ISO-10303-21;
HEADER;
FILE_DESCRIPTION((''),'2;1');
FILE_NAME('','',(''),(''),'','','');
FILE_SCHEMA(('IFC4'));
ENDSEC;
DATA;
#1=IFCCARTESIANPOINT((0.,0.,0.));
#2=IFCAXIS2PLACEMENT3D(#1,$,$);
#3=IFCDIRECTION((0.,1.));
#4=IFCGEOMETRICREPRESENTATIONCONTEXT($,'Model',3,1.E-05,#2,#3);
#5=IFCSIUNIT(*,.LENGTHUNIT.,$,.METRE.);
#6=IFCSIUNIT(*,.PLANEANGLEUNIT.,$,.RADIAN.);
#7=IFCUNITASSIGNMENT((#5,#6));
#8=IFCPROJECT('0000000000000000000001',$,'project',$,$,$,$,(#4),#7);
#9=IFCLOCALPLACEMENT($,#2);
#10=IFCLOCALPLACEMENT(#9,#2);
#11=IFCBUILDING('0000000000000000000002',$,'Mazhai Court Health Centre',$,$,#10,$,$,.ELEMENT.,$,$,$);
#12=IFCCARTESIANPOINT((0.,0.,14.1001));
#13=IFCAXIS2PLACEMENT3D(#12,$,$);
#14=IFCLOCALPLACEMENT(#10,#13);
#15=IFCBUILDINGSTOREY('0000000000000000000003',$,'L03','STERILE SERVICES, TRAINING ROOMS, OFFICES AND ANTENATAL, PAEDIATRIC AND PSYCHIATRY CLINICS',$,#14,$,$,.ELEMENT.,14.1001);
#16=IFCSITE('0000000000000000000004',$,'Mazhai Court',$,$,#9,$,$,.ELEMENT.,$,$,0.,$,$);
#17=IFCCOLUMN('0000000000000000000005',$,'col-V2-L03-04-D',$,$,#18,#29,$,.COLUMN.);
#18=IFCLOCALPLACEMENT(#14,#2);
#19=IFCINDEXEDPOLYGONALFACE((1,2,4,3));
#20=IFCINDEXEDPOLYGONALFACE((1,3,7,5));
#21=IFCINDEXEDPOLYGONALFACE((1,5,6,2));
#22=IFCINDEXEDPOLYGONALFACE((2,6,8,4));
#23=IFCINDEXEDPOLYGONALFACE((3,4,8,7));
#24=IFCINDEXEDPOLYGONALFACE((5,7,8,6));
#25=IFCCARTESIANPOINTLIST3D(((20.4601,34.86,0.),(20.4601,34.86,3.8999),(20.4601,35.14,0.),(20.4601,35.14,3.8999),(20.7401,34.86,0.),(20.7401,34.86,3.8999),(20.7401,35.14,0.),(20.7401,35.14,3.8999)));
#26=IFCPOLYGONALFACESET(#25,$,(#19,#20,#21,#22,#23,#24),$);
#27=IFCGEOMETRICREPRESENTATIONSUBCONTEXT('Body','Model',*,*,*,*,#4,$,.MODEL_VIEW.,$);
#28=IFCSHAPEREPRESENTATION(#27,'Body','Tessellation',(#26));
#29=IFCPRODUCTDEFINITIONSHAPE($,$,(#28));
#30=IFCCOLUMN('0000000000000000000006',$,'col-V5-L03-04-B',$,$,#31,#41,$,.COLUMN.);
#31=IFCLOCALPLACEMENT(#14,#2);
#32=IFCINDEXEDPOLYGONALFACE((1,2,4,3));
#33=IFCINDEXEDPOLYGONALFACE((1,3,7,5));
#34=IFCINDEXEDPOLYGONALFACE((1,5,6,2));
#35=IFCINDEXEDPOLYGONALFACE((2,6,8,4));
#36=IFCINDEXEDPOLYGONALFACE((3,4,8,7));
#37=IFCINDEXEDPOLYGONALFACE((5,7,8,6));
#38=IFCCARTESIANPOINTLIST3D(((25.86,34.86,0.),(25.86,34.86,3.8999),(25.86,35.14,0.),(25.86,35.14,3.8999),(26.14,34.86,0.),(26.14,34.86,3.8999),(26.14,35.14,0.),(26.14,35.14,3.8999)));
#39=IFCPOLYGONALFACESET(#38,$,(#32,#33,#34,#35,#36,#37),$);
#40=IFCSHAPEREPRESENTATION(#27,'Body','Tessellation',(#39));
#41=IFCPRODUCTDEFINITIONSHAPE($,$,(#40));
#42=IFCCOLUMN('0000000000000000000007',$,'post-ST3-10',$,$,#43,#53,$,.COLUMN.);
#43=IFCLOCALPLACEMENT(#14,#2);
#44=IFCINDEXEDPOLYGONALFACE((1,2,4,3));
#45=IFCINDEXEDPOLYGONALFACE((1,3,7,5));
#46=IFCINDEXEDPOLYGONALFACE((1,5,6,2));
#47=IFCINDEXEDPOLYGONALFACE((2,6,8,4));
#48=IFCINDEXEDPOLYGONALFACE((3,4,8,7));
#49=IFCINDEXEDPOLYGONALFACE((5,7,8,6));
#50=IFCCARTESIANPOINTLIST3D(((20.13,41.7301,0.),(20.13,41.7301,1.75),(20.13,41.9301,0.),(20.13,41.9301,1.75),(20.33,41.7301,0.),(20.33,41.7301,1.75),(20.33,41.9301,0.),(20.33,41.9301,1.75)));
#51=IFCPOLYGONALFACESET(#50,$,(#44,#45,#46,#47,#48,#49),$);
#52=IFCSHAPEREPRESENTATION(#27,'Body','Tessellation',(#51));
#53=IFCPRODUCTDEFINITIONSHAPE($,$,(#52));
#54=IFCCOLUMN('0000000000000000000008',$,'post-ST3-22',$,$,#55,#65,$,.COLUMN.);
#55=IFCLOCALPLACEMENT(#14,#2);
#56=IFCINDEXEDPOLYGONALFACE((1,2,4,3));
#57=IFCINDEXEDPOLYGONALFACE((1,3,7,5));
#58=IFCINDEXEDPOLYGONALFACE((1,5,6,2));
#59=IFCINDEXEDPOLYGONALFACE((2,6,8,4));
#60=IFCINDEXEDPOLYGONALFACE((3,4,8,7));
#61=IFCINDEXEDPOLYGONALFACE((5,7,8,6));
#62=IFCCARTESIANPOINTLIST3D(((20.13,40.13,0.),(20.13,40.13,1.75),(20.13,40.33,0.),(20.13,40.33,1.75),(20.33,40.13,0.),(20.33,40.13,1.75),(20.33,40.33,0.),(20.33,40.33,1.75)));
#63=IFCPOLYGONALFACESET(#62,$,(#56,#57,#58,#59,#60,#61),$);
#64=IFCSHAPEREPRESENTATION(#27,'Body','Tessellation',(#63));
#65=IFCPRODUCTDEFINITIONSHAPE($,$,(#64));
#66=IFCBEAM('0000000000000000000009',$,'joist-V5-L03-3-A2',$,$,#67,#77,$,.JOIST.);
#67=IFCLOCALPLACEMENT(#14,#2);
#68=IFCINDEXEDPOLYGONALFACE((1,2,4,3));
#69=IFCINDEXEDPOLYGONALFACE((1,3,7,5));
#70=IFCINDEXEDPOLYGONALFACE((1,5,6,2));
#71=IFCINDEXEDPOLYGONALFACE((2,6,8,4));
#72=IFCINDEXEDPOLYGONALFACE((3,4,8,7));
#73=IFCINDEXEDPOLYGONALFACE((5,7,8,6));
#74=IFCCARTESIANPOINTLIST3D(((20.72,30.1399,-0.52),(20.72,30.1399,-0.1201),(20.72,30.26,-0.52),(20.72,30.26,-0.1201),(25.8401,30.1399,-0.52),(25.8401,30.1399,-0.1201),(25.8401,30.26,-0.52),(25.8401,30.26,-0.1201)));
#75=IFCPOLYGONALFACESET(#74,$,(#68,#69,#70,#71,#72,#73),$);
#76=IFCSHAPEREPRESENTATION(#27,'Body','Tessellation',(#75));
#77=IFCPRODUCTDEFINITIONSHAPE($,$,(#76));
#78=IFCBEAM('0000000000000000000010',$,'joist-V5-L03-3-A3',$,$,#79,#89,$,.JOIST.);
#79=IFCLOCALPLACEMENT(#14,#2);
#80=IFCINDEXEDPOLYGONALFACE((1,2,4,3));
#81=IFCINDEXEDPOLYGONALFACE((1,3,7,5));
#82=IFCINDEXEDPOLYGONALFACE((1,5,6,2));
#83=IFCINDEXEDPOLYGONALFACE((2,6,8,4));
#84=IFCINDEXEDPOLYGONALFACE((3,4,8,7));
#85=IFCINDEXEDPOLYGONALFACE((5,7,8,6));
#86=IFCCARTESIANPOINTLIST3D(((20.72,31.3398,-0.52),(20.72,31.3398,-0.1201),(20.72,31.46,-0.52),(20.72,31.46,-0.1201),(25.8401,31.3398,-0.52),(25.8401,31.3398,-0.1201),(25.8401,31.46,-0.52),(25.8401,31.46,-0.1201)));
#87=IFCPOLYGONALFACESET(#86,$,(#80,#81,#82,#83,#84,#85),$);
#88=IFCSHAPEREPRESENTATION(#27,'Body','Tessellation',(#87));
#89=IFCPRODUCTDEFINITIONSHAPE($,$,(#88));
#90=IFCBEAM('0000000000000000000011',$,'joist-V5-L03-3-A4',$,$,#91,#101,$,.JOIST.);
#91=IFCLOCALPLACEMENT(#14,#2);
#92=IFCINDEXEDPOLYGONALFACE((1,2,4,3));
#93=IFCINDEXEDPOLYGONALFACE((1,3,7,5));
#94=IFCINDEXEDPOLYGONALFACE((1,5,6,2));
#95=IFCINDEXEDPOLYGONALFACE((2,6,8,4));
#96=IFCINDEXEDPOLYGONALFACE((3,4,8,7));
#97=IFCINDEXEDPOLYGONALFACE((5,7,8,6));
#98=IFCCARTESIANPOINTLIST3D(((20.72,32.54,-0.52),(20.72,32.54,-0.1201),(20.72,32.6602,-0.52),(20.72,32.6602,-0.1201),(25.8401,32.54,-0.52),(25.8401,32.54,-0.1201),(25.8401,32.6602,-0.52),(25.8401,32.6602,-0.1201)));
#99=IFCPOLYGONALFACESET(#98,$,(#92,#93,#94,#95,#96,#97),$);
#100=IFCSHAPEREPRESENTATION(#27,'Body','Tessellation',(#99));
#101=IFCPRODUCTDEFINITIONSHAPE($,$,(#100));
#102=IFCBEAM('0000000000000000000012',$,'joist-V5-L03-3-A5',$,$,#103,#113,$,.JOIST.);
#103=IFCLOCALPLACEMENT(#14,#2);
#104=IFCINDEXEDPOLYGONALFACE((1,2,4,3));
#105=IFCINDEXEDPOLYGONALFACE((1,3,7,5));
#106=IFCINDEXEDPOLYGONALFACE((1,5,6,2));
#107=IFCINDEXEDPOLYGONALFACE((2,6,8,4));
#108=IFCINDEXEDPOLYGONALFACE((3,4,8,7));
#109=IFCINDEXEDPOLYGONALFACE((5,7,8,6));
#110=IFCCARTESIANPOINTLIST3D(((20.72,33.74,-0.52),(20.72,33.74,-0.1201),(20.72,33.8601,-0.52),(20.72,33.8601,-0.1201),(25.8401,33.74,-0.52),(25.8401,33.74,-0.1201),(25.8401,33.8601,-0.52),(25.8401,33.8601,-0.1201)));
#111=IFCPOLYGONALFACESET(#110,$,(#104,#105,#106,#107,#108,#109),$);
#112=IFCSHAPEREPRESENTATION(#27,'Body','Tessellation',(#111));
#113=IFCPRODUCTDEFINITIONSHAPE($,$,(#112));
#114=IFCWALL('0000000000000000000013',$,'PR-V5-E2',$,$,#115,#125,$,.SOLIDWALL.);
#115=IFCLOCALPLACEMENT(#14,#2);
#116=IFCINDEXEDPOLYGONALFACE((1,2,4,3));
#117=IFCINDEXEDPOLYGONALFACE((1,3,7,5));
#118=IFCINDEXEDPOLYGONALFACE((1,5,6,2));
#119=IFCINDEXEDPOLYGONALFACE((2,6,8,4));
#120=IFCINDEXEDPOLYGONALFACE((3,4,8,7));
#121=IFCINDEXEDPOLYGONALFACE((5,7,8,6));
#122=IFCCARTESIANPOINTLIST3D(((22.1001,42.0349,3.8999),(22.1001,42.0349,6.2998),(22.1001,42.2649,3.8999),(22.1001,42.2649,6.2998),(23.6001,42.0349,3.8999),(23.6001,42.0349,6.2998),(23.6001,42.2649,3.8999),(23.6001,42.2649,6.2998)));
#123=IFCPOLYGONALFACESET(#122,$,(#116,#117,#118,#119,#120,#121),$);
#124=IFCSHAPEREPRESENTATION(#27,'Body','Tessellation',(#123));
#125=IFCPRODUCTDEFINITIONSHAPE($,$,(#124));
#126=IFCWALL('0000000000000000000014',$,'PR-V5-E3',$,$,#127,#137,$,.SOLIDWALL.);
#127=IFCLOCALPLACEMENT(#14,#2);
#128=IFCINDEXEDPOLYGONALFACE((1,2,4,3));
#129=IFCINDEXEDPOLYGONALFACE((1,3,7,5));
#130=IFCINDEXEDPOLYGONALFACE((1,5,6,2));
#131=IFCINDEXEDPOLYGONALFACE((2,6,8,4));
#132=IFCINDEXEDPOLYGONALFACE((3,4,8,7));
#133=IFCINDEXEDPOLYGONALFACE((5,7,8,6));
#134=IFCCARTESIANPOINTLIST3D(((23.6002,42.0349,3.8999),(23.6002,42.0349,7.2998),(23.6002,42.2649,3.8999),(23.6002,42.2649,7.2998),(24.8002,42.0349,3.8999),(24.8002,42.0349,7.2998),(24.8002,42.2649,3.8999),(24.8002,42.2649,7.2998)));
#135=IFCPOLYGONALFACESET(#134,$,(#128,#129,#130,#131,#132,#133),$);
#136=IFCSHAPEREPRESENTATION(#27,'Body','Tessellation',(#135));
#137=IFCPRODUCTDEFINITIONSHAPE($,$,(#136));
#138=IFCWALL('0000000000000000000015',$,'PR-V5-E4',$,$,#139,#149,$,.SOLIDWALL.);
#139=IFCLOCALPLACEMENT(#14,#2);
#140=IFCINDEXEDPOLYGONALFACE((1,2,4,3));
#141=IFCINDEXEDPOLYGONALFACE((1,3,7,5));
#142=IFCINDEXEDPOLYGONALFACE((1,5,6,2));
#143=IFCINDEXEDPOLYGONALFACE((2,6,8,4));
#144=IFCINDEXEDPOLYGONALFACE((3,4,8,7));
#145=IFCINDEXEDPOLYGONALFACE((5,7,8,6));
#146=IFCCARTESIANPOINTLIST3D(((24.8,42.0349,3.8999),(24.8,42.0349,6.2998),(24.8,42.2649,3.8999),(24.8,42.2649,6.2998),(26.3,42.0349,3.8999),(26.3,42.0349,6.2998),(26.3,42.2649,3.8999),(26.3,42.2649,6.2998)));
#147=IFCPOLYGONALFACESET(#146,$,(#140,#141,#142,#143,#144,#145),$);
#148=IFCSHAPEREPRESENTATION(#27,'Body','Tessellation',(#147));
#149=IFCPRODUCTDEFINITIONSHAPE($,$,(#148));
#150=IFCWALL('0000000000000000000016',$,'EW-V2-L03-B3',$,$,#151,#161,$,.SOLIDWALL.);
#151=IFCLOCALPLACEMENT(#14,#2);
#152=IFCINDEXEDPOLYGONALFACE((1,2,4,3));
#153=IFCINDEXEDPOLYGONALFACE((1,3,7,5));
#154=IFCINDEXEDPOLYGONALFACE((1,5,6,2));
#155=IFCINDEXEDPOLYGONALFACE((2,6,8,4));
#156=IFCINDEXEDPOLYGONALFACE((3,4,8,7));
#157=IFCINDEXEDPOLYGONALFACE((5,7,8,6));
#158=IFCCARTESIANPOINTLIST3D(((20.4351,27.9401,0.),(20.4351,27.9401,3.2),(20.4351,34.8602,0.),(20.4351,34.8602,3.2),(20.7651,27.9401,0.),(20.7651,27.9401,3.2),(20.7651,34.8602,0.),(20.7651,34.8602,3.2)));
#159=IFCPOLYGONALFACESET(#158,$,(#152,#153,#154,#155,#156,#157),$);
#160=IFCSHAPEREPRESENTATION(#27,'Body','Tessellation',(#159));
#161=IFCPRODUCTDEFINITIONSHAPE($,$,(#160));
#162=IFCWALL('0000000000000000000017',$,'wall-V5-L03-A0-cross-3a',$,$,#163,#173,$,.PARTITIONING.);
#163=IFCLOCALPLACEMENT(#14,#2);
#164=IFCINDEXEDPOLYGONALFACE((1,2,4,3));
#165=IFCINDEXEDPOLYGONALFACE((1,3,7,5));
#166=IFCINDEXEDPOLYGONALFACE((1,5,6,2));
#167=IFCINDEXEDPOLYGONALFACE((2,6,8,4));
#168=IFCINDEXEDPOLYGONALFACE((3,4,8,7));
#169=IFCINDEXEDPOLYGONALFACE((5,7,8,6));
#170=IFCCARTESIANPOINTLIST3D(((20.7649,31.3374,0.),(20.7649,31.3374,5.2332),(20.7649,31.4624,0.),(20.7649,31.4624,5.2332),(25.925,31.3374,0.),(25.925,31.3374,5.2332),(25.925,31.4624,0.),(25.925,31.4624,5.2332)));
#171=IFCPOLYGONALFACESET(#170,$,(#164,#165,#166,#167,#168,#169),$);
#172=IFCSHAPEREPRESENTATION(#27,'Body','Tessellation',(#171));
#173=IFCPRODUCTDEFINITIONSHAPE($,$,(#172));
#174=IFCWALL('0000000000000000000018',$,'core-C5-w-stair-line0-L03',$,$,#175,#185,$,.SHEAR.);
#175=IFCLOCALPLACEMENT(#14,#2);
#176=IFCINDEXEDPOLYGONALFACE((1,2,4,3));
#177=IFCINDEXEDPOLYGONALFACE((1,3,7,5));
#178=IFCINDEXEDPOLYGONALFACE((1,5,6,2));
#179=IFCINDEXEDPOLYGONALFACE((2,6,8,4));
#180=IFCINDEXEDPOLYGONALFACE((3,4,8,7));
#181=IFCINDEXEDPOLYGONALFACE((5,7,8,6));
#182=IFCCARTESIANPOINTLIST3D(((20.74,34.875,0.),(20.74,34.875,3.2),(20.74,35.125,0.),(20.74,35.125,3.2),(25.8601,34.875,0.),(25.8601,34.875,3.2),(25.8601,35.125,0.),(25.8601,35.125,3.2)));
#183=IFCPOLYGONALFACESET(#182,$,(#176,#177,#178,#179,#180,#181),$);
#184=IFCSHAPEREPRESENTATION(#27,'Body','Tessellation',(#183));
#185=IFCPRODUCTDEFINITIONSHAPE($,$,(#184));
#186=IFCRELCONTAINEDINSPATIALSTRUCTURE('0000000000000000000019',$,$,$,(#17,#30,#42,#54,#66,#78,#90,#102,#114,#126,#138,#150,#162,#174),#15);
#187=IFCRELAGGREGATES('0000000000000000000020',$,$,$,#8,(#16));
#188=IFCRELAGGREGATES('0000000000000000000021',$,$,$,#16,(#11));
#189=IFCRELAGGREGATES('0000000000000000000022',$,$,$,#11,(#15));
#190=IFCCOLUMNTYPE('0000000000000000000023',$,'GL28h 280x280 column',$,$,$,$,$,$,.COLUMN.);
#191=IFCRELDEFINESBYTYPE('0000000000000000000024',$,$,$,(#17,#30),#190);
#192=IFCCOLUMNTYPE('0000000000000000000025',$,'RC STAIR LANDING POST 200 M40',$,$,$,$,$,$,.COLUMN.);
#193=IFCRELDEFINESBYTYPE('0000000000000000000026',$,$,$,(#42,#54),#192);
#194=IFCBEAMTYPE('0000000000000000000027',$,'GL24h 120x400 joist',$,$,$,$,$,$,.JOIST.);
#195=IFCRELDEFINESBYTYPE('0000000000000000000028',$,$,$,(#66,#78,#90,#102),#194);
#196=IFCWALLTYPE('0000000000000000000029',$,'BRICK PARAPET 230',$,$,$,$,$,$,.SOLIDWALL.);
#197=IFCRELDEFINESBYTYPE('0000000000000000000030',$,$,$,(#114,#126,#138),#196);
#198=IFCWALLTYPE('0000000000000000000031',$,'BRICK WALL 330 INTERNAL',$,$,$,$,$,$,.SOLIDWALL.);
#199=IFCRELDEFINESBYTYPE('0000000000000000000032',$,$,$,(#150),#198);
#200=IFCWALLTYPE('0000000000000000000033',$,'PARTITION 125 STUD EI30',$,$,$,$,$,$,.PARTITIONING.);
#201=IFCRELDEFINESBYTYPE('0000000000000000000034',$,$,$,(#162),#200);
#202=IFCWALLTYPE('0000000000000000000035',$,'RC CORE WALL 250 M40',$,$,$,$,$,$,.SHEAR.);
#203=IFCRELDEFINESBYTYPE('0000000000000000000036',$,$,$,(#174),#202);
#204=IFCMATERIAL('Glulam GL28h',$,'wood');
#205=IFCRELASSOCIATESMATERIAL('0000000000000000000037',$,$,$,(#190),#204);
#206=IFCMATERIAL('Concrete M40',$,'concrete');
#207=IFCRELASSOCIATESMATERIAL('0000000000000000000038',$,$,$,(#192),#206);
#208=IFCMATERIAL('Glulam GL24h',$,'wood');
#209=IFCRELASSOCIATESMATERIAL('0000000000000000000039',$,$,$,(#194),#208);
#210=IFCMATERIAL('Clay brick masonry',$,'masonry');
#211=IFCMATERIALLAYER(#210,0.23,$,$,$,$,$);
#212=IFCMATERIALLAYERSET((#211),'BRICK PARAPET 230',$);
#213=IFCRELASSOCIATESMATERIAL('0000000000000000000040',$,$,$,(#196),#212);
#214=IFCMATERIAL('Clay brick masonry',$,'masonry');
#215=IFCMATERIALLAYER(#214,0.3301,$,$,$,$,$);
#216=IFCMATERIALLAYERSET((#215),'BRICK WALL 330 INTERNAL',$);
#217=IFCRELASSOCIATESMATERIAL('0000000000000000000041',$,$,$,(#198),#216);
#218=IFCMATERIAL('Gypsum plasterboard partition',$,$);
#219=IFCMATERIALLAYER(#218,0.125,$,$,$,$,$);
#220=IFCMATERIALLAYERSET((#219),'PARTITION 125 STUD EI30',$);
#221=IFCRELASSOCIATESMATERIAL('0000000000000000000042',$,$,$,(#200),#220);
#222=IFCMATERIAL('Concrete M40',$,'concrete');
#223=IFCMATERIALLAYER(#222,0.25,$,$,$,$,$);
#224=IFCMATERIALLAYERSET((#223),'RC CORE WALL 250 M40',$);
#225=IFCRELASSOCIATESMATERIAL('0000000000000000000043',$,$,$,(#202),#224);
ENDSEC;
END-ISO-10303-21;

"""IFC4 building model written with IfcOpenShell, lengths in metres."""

from ifc_helpers import new_model, si_unit, direction, frame, frame_2d, origin, origin_2d, place, context, subcontext, project, spatial, rectangle, extrude, material, layer, layer_set, material_profile, profile_set, type_object, element, save


model = new_model("IFC4")

# Units and contexts
model_context = context("Model", 3, precision=1e-05, world=origin(), true_north=direction((0.0, 1.0)))
body_context = subcontext(model_context, "Body", "Model", "MODEL_VIEW")
ifc_project = project(units=[si_unit("LENGTHUNIT", "METRE"), si_unit("PLANEANGLEUNIT", "RADIAN")], contexts=[model_context])

# Site, building, storey
site_placement = place(None, origin())
site = spatial("IfcSite", under=ifc_project, at=site_placement, Name="Mazhai Court", CompositionType="ELEMENT", RefElevation=0.0)
building_placement = place(site_placement, origin())
building = spatial("IfcBuilding", under=site, at=building_placement, Name="Mazhai Court Health Centre", CompositionType="ELEMENT")
storey_placement = place(building_placement, frame((0.0, 0.0, 14.1001)))
storey = spatial("IfcBuildingStorey", under=building, at=storey_placement, Name="L03", Description="STERILE SERVICES, TRAINING ROOMS, OFFICES AND ANTENATAL, PAEDIATRIC AND PSYCHIATRY CLINICS", CompositionType="ELEMENT", Elevation=14.1001)

# Columns
ifc_material_1 = material(Name="Glulam GL28h", Category="wood")
ifc_material_profile_1 = material_profile(ifc_material_1, rectangle(XDim=0.28, YDim=0.28, at=origin_2d()), Name="GL28h 280x280")
ifc_profile_set_1 = profile_set([ifc_material_profile_1], Name="Glulam GL28h")
column_type_1 = type_object("IfcColumnType", Name="GL28h 280x280 column", PredefinedType="COLUMN", material=ifc_profile_set_1)
for number, where, z_axis, x_axis, name in (
    (1, (20.6001, 35.0, 0.0), (0.0, 0.0, 1.0), (1.0, 0.0, 0.0), "col-V2-L03-04-D"),
    (2, (26.0, 35.0, 0.0), (0.0, 0.0, 1.0), (1.0, 0.0, 0.0), "col-V5-L03-04-B"),
):
    element("IfcColumn", number, at=place(storey_placement, frame(where, z_axis=z_axis, x_axis=x_axis)), inside=storey, type_object=column_type_1, Name=name, PredefinedType="COLUMN", context=body_context, shape_type="SweptSolid", body=[
        extrude(rectangle(XDim=0.28, YDim=0.28, at=origin_2d()), origin(), (0.0, 0.0, 1.0), 3.8999),
    ])
ifc_material_2 = material(Name="Concrete M40", Category="concrete")
ifc_material_profile_2 = material_profile(ifc_material_2, rectangle(XDim=0.2, YDim=0.2, at=origin_2d()), Name="RC 200x200")
ifc_profile_set_2 = profile_set([ifc_material_profile_2], Name="Concrete M40")
column_type_2 = type_object("IfcColumnType", Name="RC STAIR LANDING POST 200 M40", PredefinedType="COLUMN", material=ifc_profile_set_2)
for number, where, z_axis, x_axis, name in (
    (3, (20.23, 41.8301, 0.0), (0.0, 0.0, 1.0), (1.0, 0.0, 0.0), "post-ST3-10"),
    (4, (20.23, 40.23, 0.0), (0.0, 0.0, 1.0), (1.0, 0.0, 0.0), "post-ST3-22"),
):
    element("IfcColumn", number, at=place(storey_placement, frame(where, z_axis=z_axis, x_axis=x_axis)), inside=storey, type_object=column_type_2, Name=name, PredefinedType="COLUMN", context=body_context, shape_type="SweptSolid", body=[
        extrude(rectangle(XDim=0.2, YDim=0.2, at=origin_2d()), origin(), (0.0, 0.0, 1.0), 1.75),
    ])

# Beams
ifc_material_3 = material(Name="Glulam GL24h", Category="wood")
ifc_material_profile_3 = material_profile(ifc_material_3, rectangle(XDim=0.1201, YDim=0.3999, at=origin_2d()), Name="GL24h 120x400")
ifc_profile_set_3 = profile_set([ifc_material_profile_3], Name="Glulam GL24h")
beam_type = type_object("IfcBeamType", Name="GL24h 120x400 joist", PredefinedType="JOIST", material=ifc_profile_set_3)
for number, where, z_axis, x_axis, name in (
    (5, (20.72, 30.2, -0.3201), (1.0, 0.0, 0.0), (0.0, 1.0, 0.0), "joist-V5-L03-3-A2"),
    (6, (20.72, 31.3999, -0.3201), (1.0, 0.0, 0.0), (0.0, 1.0, 0.0), "joist-V5-L03-3-A3"),
    (7, (20.72, 32.6001, -0.3201), (1.0, 0.0, 0.0), (0.0, 1.0, 0.0), "joist-V5-L03-3-A4"),
    (8, (20.72, 33.8, -0.3201), (1.0, 0.0, 0.0), (0.0, 1.0, 0.0), "joist-V5-L03-3-A5"),
):
    element("IfcBeam", number, at=place(storey_placement, frame(where, z_axis=z_axis, x_axis=x_axis)), inside=storey, type_object=beam_type, Name=name, PredefinedType="JOIST", context=body_context, shape_type="SweptSolid", body=[
        extrude(rectangle(XDim=0.1201, YDim=0.3999, at=origin_2d()), origin(), (0.0, 0.0, 1.0), 5.1201),
    ])

# Walls
ifc_material_4 = material(Name="Clay brick masonry", Category="masonry")
ifc_layer_1 = layer(ifc_material_4, 0.23)
ifc_layer_set_1 = layer_set([ifc_layer_1], Name="BRICK PARAPET 230")
wall_type_1 = type_object("IfcWallType", Name="BRICK PARAPET 230", PredefinedType="SOLIDWALL", material=ifc_layer_set_1)
wall_1_placement = place(storey_placement, frame((22.1001, 42.1499, 3.8999), z_axis=(0.0, 0.0, 1.0), x_axis=(1.0, 0.0, 0.0)))
element("IfcWall", 9, at=wall_1_placement, inside=storey, type_object=wall_type_1, Name="PR-V5-E2", PredefinedType="SOLIDWALL", context=body_context, shape_type="SweptSolid", body=[
    extrude(rectangle(XDim=1.5, YDim=0.23, at=frame_2d((0.75, 0.0))), origin(), (0.0, 0.0, 1.0), 2.3999),
])
wall_2_placement = place(storey_placement, frame((23.6001, 42.1499, 3.8999), z_axis=(0.0, 0.0, 1.0), x_axis=(1.0, 0.0, 0.0)))
element("IfcWall", 10, at=wall_2_placement, inside=storey, type_object=wall_type_1, Name="PR-V5-E3", PredefinedType="SOLIDWALL", context=body_context, shape_type="SweptSolid", body=[
    extrude(rectangle(XDim=1.2, YDim=0.23, at=frame_2d((0.6001, 0.0))), origin(), (0.0, 0.0, 1.0), 3.3999),
])
wall_3_placement = place(storey_placement, frame((24.8, 42.1499, 3.8999), z_axis=(0.0, 0.0, 1.0), x_axis=(1.0, 0.0, 0.0)))
element("IfcWall", 11, at=wall_3_placement, inside=storey, type_object=wall_type_1, Name="PR-V5-E4", PredefinedType="SOLIDWALL", context=body_context, shape_type="SweptSolid", body=[
    extrude(rectangle(XDim=1.5, YDim=0.23, at=frame_2d((0.75, 0.0))), origin(), (0.0, 0.0, 1.0), 2.3999),
])
ifc_material_5 = material(Name="Clay brick masonry", Category="masonry")
ifc_layer_2 = layer(ifc_material_5, 0.3301)
ifc_layer_set_2 = layer_set([ifc_layer_2], Name="BRICK WALL 330 INTERNAL")
wall_type_2 = type_object("IfcWallType", Name="BRICK WALL 330 INTERNAL", PredefinedType="SOLIDWALL", material=ifc_layer_set_2)
wall_4_placement = place(storey_placement, frame((20.6001, 34.8601, 0.0), z_axis=(0.0, 0.0, 1.0), x_axis=(0.0, -1.0, 0.0)))
element("IfcWall", 12, at=wall_4_placement, inside=storey, type_object=wall_type_2, Name="EW-V2-L03-B3", PredefinedType="SOLIDWALL", context=body_context, shape_type="SweptSolid", body=[
    extrude(rectangle(XDim=6.9202, YDim=0.3301, at=frame_2d((3.46, 0.0))), origin(), (0.0, 0.0, 1.0), 3.2),
])
ifc_material_6 = material(Name="Gypsum plasterboard partition")
ifc_layer_3 = layer(ifc_material_6, 0.125)
ifc_layer_set_3 = layer_set([ifc_layer_3], Name="PARTITION 125 STUD EI30")
wall_type_3 = type_object("IfcWallType", Name="PARTITION 125 STUD EI30", PredefinedType="PARTITIONING", material=ifc_layer_set_3)
wall_5_placement = place(storey_placement, frame((20.7649, 31.3999, 0.0), z_axis=(0.0, 0.0, 1.0), x_axis=(1.0, 0.0, 0.0)))
element("IfcWall", 13, at=wall_5_placement, inside=storey, type_object=wall_type_3, Name="wall-V5-L03-A0-cross-3a", PredefinedType="PARTITIONING", context=body_context, shape_type="SweptSolid", body=[
    extrude(rectangle(XDim=5.1602, YDim=0.125, at=frame_2d((2.5801, 0.0))), origin(), (0.0, 0.0, 1.0), 5.2332),
])
ifc_material_7 = material(Name="Concrete M40", Category="concrete")
ifc_layer_4 = layer(ifc_material_7, 0.25)
ifc_layer_set_4 = layer_set([ifc_layer_4], Name="RC CORE WALL 250 M40")
wall_type_4 = type_object("IfcWallType", Name="RC CORE WALL 250 M40", PredefinedType="SHEAR", material=ifc_layer_set_4)
wall_6_placement = place(storey_placement, frame((20.74, 35.0, 0.0), z_axis=(0.0, 0.0, 1.0), x_axis=(1.0, 0.0, 0.0)))
element("IfcWall", 14, at=wall_6_placement, inside=storey, type_object=wall_type_4, Name="core-C5-w-stair-line0-L03", PredefinedType="SHEAR", context=body_context, shape_type="SweptSolid", body=[
    extrude(rectangle(XDim=5.1201, YDim=0.25, at=frame_2d((2.5601, 0.0))), origin(), (0.0, 0.0, 1.0), 3.2),
])

save(model, "model.ifc")
